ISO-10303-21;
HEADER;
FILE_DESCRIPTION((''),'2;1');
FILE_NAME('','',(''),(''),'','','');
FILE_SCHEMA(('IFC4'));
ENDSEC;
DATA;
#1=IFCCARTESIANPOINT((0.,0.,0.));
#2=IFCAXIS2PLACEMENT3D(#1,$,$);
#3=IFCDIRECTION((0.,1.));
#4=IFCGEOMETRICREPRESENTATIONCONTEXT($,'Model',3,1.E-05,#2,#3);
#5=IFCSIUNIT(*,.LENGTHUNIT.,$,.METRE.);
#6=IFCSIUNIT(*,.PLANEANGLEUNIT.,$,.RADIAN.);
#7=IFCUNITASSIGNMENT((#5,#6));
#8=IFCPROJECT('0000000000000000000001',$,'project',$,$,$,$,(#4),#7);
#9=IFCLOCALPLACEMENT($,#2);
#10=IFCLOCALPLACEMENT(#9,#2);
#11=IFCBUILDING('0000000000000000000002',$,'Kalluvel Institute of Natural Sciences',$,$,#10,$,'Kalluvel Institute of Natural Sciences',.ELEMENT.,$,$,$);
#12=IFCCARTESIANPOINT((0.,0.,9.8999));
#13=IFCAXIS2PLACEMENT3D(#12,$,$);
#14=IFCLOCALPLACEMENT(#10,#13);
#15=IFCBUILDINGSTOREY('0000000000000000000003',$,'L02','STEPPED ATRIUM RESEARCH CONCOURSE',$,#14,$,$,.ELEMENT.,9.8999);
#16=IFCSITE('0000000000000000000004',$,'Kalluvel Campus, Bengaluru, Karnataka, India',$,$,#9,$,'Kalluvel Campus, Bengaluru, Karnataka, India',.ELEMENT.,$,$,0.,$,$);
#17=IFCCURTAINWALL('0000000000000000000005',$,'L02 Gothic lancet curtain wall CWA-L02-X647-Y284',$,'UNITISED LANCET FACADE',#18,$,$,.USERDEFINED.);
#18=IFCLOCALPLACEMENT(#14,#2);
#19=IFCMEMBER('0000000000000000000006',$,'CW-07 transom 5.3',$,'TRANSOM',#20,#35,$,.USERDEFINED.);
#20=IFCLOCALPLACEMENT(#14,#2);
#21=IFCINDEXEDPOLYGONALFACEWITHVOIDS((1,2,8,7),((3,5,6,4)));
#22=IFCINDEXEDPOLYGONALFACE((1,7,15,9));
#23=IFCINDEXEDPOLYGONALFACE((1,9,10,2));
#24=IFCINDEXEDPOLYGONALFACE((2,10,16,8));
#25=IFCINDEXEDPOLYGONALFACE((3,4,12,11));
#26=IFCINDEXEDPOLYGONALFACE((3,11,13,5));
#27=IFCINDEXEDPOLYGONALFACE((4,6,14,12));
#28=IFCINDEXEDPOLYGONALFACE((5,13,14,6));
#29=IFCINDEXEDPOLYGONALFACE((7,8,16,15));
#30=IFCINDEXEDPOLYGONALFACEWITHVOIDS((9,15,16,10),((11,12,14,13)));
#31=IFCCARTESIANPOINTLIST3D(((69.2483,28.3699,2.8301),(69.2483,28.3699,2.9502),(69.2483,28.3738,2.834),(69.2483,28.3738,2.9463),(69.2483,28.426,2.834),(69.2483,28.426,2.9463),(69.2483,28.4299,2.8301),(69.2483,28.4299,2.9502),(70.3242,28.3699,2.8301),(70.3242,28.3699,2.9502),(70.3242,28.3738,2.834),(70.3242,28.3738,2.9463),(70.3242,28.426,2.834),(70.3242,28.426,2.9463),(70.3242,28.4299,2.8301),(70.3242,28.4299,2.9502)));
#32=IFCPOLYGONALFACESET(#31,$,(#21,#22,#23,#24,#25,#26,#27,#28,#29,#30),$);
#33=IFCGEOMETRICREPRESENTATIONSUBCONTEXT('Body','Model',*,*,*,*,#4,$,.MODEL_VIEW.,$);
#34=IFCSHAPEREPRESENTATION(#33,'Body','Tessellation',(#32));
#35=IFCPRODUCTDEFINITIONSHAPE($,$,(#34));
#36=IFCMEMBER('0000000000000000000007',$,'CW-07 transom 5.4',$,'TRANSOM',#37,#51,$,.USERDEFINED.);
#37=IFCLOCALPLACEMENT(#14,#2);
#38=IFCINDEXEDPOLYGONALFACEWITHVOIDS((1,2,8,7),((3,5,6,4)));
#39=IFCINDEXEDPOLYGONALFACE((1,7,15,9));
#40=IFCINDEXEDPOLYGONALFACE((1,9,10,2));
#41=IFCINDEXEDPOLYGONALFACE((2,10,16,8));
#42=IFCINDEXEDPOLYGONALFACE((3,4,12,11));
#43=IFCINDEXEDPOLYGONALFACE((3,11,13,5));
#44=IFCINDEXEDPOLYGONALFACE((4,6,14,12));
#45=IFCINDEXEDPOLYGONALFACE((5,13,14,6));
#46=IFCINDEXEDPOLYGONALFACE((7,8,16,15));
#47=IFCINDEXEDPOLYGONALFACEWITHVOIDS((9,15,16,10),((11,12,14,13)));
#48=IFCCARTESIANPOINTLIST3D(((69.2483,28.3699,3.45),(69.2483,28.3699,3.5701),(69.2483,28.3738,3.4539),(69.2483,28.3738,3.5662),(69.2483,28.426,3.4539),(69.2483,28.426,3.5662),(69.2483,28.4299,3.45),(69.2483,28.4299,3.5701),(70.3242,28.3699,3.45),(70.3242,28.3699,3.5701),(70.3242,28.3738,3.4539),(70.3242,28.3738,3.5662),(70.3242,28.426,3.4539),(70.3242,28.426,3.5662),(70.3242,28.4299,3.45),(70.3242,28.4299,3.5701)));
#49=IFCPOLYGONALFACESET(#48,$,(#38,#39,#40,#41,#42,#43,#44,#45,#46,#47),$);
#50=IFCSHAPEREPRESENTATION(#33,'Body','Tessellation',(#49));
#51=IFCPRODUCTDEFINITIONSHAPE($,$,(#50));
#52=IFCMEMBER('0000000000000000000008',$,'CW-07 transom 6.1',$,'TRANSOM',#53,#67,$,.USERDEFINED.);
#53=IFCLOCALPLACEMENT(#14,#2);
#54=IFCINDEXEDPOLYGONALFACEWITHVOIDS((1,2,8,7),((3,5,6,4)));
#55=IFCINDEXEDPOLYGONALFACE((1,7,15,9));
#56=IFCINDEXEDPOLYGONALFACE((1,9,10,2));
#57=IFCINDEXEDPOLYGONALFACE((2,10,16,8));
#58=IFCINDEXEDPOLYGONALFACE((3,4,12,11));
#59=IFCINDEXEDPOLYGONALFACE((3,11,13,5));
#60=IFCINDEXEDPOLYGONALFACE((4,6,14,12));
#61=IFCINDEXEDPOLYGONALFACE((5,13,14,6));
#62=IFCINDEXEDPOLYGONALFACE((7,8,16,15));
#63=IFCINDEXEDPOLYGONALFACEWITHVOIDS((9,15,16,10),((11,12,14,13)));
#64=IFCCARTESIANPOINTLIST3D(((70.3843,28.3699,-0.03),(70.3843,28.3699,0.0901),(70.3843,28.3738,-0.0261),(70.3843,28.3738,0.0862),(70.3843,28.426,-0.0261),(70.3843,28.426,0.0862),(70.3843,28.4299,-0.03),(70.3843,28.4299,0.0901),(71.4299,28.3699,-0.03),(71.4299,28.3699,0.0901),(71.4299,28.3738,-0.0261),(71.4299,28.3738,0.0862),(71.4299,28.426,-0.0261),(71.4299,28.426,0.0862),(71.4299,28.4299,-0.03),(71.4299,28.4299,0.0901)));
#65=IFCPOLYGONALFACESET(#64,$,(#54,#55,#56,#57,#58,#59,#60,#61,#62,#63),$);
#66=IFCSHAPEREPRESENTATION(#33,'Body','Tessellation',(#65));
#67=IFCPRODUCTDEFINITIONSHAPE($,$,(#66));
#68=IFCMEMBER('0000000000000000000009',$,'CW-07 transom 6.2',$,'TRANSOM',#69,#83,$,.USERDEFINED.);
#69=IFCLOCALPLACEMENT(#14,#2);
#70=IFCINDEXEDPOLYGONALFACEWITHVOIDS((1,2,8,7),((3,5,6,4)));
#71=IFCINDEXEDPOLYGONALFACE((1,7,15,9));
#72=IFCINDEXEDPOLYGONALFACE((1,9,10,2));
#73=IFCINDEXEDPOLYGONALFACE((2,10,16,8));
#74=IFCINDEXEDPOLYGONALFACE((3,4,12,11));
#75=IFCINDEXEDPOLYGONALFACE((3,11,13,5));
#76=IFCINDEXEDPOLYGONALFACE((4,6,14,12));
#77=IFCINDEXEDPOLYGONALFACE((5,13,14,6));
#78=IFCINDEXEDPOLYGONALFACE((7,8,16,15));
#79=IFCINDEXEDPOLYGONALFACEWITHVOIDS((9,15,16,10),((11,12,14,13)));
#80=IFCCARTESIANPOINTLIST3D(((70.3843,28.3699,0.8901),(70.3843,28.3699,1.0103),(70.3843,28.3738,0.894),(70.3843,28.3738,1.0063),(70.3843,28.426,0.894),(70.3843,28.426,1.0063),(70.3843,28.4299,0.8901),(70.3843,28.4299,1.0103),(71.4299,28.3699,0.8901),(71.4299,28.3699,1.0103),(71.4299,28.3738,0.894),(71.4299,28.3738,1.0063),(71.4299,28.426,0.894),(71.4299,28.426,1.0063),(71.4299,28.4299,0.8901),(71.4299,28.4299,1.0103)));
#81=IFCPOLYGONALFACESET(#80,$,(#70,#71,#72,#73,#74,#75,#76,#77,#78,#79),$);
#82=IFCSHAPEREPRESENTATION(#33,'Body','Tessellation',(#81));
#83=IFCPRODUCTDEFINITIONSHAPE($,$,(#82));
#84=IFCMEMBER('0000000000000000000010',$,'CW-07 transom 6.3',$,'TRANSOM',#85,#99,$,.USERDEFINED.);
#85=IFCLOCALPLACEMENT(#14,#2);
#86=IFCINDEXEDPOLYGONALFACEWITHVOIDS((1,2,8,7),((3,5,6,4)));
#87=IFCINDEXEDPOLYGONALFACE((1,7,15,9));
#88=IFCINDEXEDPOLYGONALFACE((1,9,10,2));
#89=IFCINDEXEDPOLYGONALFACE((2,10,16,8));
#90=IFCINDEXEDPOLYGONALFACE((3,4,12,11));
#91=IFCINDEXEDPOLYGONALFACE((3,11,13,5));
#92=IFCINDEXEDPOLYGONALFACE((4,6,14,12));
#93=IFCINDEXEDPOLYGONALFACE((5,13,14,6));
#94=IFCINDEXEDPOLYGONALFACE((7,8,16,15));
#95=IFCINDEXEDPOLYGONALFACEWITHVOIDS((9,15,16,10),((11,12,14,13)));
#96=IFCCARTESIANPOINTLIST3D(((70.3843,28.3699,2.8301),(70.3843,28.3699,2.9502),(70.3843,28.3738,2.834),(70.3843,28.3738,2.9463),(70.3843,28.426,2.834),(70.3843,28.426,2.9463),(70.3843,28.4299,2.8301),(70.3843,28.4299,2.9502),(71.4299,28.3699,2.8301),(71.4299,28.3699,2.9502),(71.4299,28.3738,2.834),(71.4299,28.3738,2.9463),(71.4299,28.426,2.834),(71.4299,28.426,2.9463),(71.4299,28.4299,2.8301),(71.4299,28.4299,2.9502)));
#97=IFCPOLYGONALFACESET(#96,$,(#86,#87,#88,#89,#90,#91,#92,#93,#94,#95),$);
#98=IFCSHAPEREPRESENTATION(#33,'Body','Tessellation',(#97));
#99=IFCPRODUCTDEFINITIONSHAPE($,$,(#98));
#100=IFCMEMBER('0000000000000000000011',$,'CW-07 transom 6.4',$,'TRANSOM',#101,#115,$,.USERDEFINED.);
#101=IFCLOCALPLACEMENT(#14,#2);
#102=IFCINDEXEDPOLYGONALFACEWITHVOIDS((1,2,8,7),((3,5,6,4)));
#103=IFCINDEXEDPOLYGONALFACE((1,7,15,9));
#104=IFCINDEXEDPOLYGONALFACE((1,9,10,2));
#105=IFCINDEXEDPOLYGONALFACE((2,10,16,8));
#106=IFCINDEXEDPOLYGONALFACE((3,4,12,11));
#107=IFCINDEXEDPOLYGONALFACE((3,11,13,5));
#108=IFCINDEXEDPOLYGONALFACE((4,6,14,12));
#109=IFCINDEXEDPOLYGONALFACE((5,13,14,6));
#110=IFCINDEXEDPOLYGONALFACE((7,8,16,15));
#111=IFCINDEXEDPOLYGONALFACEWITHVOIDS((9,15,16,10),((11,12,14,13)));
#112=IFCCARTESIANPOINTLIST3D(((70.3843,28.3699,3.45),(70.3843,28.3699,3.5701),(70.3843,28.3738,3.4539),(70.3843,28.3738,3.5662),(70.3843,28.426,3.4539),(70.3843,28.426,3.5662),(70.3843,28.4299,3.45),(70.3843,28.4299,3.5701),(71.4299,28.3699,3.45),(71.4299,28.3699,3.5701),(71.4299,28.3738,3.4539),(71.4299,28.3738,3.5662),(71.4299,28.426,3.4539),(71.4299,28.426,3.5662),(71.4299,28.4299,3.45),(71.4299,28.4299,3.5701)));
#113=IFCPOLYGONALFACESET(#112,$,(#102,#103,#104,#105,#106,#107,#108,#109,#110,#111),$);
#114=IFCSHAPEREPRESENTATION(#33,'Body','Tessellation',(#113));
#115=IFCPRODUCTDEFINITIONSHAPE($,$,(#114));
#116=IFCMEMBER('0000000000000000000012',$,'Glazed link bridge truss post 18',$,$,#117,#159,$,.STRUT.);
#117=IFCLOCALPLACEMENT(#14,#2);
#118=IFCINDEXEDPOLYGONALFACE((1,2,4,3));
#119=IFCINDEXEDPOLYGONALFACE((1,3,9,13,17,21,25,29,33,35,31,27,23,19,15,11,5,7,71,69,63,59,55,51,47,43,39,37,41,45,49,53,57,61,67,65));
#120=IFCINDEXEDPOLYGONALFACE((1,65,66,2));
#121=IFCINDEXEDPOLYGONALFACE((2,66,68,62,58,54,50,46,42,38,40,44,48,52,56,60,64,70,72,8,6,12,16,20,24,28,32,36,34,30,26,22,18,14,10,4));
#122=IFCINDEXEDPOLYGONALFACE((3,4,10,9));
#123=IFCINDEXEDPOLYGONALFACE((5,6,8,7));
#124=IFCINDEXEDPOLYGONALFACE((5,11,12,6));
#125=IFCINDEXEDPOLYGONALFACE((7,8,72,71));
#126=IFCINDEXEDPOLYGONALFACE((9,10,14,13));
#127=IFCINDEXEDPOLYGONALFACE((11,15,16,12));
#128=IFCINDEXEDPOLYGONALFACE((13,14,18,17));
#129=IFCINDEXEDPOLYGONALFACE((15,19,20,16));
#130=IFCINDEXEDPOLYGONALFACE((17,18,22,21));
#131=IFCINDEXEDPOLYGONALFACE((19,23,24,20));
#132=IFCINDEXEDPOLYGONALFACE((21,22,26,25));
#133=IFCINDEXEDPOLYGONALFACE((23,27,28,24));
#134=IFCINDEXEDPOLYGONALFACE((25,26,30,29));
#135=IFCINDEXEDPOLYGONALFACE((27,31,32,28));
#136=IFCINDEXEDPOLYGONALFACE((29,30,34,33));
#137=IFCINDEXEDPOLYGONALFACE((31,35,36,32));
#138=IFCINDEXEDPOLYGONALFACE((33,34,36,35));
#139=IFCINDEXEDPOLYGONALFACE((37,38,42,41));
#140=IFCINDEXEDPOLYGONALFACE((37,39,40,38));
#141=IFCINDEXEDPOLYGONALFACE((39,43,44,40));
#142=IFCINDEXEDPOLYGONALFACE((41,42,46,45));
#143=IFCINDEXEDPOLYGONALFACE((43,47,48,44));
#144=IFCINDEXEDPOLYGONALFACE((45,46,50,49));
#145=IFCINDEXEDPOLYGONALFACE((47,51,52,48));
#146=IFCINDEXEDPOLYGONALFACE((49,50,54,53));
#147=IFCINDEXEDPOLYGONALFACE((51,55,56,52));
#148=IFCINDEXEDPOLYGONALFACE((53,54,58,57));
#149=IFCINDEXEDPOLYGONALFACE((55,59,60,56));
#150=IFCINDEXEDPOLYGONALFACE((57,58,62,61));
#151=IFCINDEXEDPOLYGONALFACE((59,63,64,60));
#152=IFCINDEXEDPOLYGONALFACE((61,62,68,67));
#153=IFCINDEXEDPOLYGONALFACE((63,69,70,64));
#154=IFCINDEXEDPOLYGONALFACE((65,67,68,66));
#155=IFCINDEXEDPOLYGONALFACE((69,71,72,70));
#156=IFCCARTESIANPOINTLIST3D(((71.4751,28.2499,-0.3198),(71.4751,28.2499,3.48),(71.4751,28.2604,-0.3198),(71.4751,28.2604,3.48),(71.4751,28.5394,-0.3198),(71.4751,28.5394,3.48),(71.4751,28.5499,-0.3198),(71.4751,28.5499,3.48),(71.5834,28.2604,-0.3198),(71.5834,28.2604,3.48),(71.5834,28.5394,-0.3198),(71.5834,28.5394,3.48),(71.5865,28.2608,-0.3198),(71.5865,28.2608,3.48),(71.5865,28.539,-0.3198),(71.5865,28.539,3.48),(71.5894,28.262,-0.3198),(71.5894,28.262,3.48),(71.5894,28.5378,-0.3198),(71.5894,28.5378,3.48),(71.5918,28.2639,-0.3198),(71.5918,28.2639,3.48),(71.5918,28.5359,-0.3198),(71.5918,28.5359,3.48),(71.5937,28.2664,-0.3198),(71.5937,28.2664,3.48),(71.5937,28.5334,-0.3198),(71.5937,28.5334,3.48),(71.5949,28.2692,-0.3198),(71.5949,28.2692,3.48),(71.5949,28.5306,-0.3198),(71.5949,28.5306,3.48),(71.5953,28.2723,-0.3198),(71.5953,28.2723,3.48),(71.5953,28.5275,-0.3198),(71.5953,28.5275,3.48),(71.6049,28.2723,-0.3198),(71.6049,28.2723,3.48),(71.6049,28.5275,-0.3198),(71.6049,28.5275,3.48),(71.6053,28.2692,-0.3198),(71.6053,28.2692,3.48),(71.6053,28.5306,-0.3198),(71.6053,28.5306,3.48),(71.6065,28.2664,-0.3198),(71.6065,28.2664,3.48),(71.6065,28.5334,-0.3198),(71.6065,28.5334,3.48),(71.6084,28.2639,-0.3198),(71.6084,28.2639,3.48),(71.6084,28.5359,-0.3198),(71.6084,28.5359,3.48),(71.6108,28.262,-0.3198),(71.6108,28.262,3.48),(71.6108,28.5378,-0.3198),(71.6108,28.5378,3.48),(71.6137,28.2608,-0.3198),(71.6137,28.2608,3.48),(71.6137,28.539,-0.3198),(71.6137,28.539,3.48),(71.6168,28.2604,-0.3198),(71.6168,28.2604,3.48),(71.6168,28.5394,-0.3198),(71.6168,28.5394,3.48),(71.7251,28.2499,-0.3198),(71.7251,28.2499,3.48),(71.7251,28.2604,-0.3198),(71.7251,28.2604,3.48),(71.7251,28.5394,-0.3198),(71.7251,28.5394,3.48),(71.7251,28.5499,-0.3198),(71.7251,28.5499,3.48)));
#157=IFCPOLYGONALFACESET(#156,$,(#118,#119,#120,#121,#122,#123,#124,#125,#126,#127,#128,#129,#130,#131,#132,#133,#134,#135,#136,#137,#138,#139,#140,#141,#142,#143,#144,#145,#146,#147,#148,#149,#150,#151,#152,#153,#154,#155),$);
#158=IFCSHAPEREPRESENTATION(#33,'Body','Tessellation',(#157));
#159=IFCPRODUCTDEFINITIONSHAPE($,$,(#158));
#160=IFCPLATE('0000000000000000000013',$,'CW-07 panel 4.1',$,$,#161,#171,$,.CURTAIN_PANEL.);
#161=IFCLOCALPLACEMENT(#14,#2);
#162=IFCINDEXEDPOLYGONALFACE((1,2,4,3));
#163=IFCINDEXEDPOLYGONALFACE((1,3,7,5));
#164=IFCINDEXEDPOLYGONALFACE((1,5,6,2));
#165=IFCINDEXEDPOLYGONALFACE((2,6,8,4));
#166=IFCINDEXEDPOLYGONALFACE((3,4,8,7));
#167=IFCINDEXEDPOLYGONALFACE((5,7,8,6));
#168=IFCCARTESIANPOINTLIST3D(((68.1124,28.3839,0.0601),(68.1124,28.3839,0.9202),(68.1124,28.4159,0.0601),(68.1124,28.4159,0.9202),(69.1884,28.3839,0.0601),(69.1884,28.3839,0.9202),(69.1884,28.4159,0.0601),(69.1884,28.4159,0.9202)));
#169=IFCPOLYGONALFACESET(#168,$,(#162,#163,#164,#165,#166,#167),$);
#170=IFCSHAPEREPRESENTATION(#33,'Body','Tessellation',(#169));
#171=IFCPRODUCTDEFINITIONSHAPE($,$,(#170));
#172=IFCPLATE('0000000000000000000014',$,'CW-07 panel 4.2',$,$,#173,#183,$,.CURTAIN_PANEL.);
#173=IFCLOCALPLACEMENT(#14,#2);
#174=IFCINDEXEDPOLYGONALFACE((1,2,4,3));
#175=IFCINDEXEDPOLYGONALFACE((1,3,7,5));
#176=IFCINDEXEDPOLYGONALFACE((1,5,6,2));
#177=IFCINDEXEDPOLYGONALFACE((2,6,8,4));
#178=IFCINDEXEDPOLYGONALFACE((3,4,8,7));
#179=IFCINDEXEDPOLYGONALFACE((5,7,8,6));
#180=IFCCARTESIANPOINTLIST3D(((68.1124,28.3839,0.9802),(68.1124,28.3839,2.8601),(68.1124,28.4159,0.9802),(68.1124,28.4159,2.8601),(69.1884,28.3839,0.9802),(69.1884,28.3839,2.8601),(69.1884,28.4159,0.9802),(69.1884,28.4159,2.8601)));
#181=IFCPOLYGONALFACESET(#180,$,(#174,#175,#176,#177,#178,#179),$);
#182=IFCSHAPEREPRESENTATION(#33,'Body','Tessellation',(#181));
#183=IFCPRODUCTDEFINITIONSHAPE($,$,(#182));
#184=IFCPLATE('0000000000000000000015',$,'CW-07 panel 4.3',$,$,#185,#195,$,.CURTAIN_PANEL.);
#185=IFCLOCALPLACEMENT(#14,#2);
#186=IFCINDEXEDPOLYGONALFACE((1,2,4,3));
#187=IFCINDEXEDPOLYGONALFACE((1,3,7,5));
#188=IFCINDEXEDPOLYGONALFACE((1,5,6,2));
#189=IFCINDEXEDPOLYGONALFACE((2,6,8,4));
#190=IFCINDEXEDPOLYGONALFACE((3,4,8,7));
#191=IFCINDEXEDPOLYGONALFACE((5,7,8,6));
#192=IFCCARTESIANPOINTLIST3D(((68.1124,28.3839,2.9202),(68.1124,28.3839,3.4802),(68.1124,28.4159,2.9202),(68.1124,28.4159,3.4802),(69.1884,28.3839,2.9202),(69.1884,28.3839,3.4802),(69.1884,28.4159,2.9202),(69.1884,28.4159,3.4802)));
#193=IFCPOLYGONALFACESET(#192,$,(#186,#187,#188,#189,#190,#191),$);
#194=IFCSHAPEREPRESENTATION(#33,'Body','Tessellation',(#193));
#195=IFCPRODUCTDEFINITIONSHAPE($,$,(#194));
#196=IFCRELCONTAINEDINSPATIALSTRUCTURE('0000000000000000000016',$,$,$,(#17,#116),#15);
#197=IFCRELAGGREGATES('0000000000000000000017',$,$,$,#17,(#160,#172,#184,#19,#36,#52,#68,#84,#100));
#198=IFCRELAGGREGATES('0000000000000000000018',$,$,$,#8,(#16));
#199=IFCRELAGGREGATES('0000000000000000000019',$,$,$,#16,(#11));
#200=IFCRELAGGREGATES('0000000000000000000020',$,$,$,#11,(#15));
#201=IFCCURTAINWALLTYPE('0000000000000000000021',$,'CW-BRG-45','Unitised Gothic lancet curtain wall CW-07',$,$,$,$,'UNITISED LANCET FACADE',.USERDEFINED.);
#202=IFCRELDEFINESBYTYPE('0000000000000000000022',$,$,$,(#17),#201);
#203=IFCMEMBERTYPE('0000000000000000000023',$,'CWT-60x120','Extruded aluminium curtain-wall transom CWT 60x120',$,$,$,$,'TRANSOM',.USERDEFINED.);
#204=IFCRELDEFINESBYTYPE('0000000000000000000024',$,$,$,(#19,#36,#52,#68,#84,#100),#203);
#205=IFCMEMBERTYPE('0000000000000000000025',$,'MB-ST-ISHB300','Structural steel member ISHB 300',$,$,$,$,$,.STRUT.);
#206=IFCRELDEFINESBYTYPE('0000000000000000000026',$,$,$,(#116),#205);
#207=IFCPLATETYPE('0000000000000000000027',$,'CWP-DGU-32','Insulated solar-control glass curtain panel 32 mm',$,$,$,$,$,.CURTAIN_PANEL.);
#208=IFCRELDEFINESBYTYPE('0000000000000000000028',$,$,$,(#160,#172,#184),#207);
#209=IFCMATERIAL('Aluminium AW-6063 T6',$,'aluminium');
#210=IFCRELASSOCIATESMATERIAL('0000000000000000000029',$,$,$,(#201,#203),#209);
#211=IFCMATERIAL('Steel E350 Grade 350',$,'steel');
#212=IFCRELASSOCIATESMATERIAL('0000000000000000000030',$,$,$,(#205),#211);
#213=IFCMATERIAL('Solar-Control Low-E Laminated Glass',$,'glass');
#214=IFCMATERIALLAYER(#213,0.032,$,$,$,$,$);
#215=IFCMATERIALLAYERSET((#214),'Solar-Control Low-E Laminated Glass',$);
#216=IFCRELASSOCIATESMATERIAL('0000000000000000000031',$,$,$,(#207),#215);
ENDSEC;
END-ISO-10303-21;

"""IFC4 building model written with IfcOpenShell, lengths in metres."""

from ifc_helpers import new_model, si_unit, direction, frame, origin, origin_2d, place, context, subcontext, project, spatial, rectangle, hollow_rectangle, i_section, extrude, material, layer, layer_set, material_profile, profile_set, type_object, element, aggregate, save


model = new_model("IFC4")

# Units and contexts
model_context = context("Model", 3, precision=1e-05, world=origin(), true_north=direction((0.0, 1.0)))
body_context = subcontext(model_context, "Body", "Model", "MODEL_VIEW")
ifc_project = project(units=[si_unit("LENGTHUNIT", "METRE"), si_unit("PLANEANGLEUNIT", "RADIAN")], contexts=[model_context])

# Site, building, storey
site_placement = place(None, origin())
site = spatial("IfcSite", under=ifc_project, at=site_placement, Name="Kalluvel Campus, Bengaluru, Karnataka, India", LongName="Kalluvel Campus, Bengaluru, Karnataka, India", CompositionType="ELEMENT", RefElevation=0.0)
building_placement = place(site_placement, origin())
building = spatial("IfcBuilding", under=site, at=building_placement, Name="Kalluvel Institute of Natural Sciences", LongName="Kalluvel Institute of Natural Sciences", CompositionType="ELEMENT")
storey_placement = place(building_placement, frame((0.0, 0.0, 9.8999)))
storey = spatial("IfcBuildingStorey", under=building, at=storey_placement, Name="L02", Description="STEPPED ATRIUM RESEARCH CONCOURSE", CompositionType="ELEMENT", Elevation=9.8999)

# Curtain wall
ifc_material_1 = material(Name="Aluminium AW-6063 T6", Category="aluminium")
curtain_wall_type = type_object("IfcCurtainWallType", Name="CW-BRG-45", Description="Unitised Gothic lancet curtain wall CW-07", ElementType="UNITISED LANCET FACADE", PredefinedType="USERDEFINED", material=ifc_material_1)
curtain_wall_1_placement = place(storey_placement, origin())
curtain_wall_1 = element("IfcCurtainWall", 1, at=curtain_wall_1_placement, inside=storey, type_object=curtain_wall_type, Name="L02 Gothic lancet curtain wall CWA-L02-X647-Y284", ObjectType="UNITISED LANCET FACADE", PredefinedType="USERDEFINED")

# Members
ifc_material_profile_1 = material_profile(ifc_material_1, hollow_rectangle(XDim=0.0601, YDim=0.1201, WallThickness=0.0039, at=origin_2d()), Name="CWT 60x120")
ifc_profile_set_1 = profile_set([ifc_material_profile_1], Name="Aluminium AW-6063 T6")
member_type_1 = type_object("IfcMemberType", Name="CWT-60x120", Description="Extruded aluminium curtain-wall transom CWT 60x120", ElementType="TRANSOM", PredefinedType="USERDEFINED", material=ifc_profile_set_1)
member_1_placement = place(storey_placement, frame((69.2483, 28.3999, 2.8901), z_axis=(1.0, 0.0, 0.0), x_axis=(0.0, 1.0, 0.0)))
member_1 = element("IfcMember", 2, at=member_1_placement, type_object=member_type_1, Name="CW-07 transom 5.3", ObjectType="TRANSOM", PredefinedType="USERDEFINED", context=body_context, shape_type="SweptSolid", body=[
    extrude(hollow_rectangle(XDim=0.0601, YDim=0.1201, WallThickness=0.0039, at=origin_2d()), origin(), (0.0, 0.0, 1.0), 1.0759),
])
member_2_placement = place(storey_placement, frame((69.2483, 28.3999, 3.51), z_axis=(1.0, 0.0, 0.0), x_axis=(0.0, 1.0, 0.0)))
member_2 = element("IfcMember", 3, at=member_2_placement, type_object=member_type_1, Name="CW-07 transom 5.4", ObjectType="TRANSOM", PredefinedType="USERDEFINED", context=body_context, shape_type="SweptSolid", body=[
    extrude(hollow_rectangle(XDim=0.0601, YDim=0.1201, WallThickness=0.0039, at=origin_2d()), origin(), (0.0, 0.0, 1.0), 1.0759),
])
member_3_placement = place(storey_placement, frame((70.3843, 28.3999, 0.03), z_axis=(1.0, 0.0, 0.0), x_axis=(0.0, 1.0, 0.0)))
member_3 = element("IfcMember", 4, at=member_3_placement, type_object=member_type_1, Name="CW-07 transom 6.1", ObjectType="TRANSOM", PredefinedType="USERDEFINED", context=body_context, shape_type="SweptSolid", body=[
    extrude(hollow_rectangle(XDim=0.0601, YDim=0.1201, WallThickness=0.0039, at=origin_2d()), origin(), (0.0, 0.0, 1.0), 1.0457),
])
member_4_placement = place(storey_placement, frame((70.3843, 28.3999, 0.9502), z_axis=(1.0, 0.0, 0.0), x_axis=(0.0, 1.0, 0.0)))
member_4 = element("IfcMember", 5, at=member_4_placement, type_object=member_type_1, Name="CW-07 transom 6.2", ObjectType="TRANSOM", PredefinedType="USERDEFINED", context=body_context, shape_type="SweptSolid", body=[
    extrude(hollow_rectangle(XDim=0.0601, YDim=0.1201, WallThickness=0.0039, at=origin_2d()), origin(), (0.0, 0.0, 1.0), 1.0457),
])
member_5_placement = place(storey_placement, frame((70.3843, 28.3999, 2.8901), z_axis=(1.0, 0.0, 0.0), x_axis=(0.0, 1.0, 0.0)))
member_5 = element("IfcMember", 6, at=member_5_placement, type_object=member_type_1, Name="CW-07 transom 6.3", ObjectType="TRANSOM", PredefinedType="USERDEFINED", context=body_context, shape_type="SweptSolid", body=[
    extrude(hollow_rectangle(XDim=0.0601, YDim=0.1201, WallThickness=0.0039, at=origin_2d()), origin(), (0.0, 0.0, 1.0), 1.0457),
])
member_6_placement = place(storey_placement, frame((70.3843, 28.3999, 3.51), z_axis=(1.0, 0.0, 0.0), x_axis=(0.0, 1.0, 0.0)))
member_6 = element("IfcMember", 7, at=member_6_placement, type_object=member_type_1, Name="CW-07 transom 6.4", ObjectType="TRANSOM", PredefinedType="USERDEFINED", context=body_context, shape_type="SweptSolid", body=[
    extrude(hollow_rectangle(XDim=0.0601, YDim=0.1201, WallThickness=0.0039, at=origin_2d()), origin(), (0.0, 0.0, 1.0), 1.0457),
])
ifc_material_2 = material(Name="Steel E350 Grade 350", Category="steel")
ifc_material_profile_2 = material_profile(ifc_material_2, i_section(OverallWidth=0.25, OverallDepth=0.3, WebThickness=0.0095, FlangeThickness=0.0105, FilletRadius=0.012, at=origin_2d()), Name="ISHB 300")
ifc_profile_set_2 = profile_set([ifc_material_profile_2], Name="Steel E350 Grade 350")
member_type_2 = type_object("IfcMemberType", Name="MB-ST-ISHB300", Description="Structural steel member ISHB 300", PredefinedType="STRUT", material=ifc_profile_set_2)
member_7_placement = place(storey_placement, frame((71.6001, 28.3999, -0.3198), z_axis=(0.0, 0.0, 1.0), x_axis=(1.0, 0.0, 0.0)))
element("IfcMember", 8, at=member_7_placement, inside=storey, type_object=member_type_2, Name="Glazed link bridge truss post 18", PredefinedType="STRUT", context=body_context, shape_type="SweptSolid", body=[
    extrude(i_section(OverallWidth=0.25, OverallDepth=0.3, WebThickness=0.0095, FlangeThickness=0.0105, FilletRadius=0.012, at=origin_2d()), origin(), (0.0, 0.0, 1.0), 3.7998),
])

# Plates
ifc_material_3 = material(Name="Solar-Control Low-E Laminated Glass", Category="glass")
ifc_layer = layer(ifc_material_3, 0.032)
ifc_layer_set = layer_set([ifc_layer], Name="Solar-Control Low-E Laminated Glass")
plate_type = type_object("IfcPlateType", Name="CWP-DGU-32", Description="Insulated solar-control glass curtain panel 32 mm", PredefinedType="CURTAIN_PANEL", material=ifc_layer_set)
plate_1_placement = place(storey_placement, frame((68.6504, 28.3999, 0.0601), z_axis=(0.0, 0.0, 1.0), x_axis=(1.0, 0.0, 0.0)))
plate_1 = element("IfcPlate", 9, at=plate_1_placement, type_object=plate_type, Name="CW-07 panel 4.1", PredefinedType="CURTAIN_PANEL", context=body_context, shape_type="SweptSolid", body=[
    extrude(rectangle(XDim=1.0759, YDim=0.032, at=origin_2d()), origin(), (0.0, 0.0, 1.0), 0.8601),
])
plate_2_placement = place(storey_placement, frame((68.6504, 28.3999, 0.9802), z_axis=(0.0, 0.0, 1.0), x_axis=(1.0, 0.0, 0.0)))
plate_2 = element("IfcPlate", 10, at=plate_2_placement, type_object=plate_type, Name="CW-07 panel 4.2", PredefinedType="CURTAIN_PANEL", context=body_context, shape_type="SweptSolid", body=[
    extrude(rectangle(XDim=1.0759, YDim=0.032, at=origin_2d()), origin(), (0.0, 0.0, 1.0), 1.8799),
])
plate_3_placement = place(storey_placement, frame((68.6504, 28.3999, 2.9202), z_axis=(0.0, 0.0, 1.0), x_axis=(1.0, 0.0, 0.0)))
plate_3 = element("IfcPlate", 11, at=plate_3_placement, type_object=plate_type, Name="CW-07 panel 4.3", PredefinedType="CURTAIN_PANEL", context=body_context, shape_type="SweptSolid", body=[
    extrude(rectangle(XDim=1.0759, YDim=0.032, at=origin_2d()), origin(), (0.0, 0.0, 1.0), 0.5601),
])
aggregate(curtain_wall_1, [plate_1, plate_2, plate_3, member_1, member_2, member_3, member_4, member_5, member_6])

save(model, "model.ifc")
